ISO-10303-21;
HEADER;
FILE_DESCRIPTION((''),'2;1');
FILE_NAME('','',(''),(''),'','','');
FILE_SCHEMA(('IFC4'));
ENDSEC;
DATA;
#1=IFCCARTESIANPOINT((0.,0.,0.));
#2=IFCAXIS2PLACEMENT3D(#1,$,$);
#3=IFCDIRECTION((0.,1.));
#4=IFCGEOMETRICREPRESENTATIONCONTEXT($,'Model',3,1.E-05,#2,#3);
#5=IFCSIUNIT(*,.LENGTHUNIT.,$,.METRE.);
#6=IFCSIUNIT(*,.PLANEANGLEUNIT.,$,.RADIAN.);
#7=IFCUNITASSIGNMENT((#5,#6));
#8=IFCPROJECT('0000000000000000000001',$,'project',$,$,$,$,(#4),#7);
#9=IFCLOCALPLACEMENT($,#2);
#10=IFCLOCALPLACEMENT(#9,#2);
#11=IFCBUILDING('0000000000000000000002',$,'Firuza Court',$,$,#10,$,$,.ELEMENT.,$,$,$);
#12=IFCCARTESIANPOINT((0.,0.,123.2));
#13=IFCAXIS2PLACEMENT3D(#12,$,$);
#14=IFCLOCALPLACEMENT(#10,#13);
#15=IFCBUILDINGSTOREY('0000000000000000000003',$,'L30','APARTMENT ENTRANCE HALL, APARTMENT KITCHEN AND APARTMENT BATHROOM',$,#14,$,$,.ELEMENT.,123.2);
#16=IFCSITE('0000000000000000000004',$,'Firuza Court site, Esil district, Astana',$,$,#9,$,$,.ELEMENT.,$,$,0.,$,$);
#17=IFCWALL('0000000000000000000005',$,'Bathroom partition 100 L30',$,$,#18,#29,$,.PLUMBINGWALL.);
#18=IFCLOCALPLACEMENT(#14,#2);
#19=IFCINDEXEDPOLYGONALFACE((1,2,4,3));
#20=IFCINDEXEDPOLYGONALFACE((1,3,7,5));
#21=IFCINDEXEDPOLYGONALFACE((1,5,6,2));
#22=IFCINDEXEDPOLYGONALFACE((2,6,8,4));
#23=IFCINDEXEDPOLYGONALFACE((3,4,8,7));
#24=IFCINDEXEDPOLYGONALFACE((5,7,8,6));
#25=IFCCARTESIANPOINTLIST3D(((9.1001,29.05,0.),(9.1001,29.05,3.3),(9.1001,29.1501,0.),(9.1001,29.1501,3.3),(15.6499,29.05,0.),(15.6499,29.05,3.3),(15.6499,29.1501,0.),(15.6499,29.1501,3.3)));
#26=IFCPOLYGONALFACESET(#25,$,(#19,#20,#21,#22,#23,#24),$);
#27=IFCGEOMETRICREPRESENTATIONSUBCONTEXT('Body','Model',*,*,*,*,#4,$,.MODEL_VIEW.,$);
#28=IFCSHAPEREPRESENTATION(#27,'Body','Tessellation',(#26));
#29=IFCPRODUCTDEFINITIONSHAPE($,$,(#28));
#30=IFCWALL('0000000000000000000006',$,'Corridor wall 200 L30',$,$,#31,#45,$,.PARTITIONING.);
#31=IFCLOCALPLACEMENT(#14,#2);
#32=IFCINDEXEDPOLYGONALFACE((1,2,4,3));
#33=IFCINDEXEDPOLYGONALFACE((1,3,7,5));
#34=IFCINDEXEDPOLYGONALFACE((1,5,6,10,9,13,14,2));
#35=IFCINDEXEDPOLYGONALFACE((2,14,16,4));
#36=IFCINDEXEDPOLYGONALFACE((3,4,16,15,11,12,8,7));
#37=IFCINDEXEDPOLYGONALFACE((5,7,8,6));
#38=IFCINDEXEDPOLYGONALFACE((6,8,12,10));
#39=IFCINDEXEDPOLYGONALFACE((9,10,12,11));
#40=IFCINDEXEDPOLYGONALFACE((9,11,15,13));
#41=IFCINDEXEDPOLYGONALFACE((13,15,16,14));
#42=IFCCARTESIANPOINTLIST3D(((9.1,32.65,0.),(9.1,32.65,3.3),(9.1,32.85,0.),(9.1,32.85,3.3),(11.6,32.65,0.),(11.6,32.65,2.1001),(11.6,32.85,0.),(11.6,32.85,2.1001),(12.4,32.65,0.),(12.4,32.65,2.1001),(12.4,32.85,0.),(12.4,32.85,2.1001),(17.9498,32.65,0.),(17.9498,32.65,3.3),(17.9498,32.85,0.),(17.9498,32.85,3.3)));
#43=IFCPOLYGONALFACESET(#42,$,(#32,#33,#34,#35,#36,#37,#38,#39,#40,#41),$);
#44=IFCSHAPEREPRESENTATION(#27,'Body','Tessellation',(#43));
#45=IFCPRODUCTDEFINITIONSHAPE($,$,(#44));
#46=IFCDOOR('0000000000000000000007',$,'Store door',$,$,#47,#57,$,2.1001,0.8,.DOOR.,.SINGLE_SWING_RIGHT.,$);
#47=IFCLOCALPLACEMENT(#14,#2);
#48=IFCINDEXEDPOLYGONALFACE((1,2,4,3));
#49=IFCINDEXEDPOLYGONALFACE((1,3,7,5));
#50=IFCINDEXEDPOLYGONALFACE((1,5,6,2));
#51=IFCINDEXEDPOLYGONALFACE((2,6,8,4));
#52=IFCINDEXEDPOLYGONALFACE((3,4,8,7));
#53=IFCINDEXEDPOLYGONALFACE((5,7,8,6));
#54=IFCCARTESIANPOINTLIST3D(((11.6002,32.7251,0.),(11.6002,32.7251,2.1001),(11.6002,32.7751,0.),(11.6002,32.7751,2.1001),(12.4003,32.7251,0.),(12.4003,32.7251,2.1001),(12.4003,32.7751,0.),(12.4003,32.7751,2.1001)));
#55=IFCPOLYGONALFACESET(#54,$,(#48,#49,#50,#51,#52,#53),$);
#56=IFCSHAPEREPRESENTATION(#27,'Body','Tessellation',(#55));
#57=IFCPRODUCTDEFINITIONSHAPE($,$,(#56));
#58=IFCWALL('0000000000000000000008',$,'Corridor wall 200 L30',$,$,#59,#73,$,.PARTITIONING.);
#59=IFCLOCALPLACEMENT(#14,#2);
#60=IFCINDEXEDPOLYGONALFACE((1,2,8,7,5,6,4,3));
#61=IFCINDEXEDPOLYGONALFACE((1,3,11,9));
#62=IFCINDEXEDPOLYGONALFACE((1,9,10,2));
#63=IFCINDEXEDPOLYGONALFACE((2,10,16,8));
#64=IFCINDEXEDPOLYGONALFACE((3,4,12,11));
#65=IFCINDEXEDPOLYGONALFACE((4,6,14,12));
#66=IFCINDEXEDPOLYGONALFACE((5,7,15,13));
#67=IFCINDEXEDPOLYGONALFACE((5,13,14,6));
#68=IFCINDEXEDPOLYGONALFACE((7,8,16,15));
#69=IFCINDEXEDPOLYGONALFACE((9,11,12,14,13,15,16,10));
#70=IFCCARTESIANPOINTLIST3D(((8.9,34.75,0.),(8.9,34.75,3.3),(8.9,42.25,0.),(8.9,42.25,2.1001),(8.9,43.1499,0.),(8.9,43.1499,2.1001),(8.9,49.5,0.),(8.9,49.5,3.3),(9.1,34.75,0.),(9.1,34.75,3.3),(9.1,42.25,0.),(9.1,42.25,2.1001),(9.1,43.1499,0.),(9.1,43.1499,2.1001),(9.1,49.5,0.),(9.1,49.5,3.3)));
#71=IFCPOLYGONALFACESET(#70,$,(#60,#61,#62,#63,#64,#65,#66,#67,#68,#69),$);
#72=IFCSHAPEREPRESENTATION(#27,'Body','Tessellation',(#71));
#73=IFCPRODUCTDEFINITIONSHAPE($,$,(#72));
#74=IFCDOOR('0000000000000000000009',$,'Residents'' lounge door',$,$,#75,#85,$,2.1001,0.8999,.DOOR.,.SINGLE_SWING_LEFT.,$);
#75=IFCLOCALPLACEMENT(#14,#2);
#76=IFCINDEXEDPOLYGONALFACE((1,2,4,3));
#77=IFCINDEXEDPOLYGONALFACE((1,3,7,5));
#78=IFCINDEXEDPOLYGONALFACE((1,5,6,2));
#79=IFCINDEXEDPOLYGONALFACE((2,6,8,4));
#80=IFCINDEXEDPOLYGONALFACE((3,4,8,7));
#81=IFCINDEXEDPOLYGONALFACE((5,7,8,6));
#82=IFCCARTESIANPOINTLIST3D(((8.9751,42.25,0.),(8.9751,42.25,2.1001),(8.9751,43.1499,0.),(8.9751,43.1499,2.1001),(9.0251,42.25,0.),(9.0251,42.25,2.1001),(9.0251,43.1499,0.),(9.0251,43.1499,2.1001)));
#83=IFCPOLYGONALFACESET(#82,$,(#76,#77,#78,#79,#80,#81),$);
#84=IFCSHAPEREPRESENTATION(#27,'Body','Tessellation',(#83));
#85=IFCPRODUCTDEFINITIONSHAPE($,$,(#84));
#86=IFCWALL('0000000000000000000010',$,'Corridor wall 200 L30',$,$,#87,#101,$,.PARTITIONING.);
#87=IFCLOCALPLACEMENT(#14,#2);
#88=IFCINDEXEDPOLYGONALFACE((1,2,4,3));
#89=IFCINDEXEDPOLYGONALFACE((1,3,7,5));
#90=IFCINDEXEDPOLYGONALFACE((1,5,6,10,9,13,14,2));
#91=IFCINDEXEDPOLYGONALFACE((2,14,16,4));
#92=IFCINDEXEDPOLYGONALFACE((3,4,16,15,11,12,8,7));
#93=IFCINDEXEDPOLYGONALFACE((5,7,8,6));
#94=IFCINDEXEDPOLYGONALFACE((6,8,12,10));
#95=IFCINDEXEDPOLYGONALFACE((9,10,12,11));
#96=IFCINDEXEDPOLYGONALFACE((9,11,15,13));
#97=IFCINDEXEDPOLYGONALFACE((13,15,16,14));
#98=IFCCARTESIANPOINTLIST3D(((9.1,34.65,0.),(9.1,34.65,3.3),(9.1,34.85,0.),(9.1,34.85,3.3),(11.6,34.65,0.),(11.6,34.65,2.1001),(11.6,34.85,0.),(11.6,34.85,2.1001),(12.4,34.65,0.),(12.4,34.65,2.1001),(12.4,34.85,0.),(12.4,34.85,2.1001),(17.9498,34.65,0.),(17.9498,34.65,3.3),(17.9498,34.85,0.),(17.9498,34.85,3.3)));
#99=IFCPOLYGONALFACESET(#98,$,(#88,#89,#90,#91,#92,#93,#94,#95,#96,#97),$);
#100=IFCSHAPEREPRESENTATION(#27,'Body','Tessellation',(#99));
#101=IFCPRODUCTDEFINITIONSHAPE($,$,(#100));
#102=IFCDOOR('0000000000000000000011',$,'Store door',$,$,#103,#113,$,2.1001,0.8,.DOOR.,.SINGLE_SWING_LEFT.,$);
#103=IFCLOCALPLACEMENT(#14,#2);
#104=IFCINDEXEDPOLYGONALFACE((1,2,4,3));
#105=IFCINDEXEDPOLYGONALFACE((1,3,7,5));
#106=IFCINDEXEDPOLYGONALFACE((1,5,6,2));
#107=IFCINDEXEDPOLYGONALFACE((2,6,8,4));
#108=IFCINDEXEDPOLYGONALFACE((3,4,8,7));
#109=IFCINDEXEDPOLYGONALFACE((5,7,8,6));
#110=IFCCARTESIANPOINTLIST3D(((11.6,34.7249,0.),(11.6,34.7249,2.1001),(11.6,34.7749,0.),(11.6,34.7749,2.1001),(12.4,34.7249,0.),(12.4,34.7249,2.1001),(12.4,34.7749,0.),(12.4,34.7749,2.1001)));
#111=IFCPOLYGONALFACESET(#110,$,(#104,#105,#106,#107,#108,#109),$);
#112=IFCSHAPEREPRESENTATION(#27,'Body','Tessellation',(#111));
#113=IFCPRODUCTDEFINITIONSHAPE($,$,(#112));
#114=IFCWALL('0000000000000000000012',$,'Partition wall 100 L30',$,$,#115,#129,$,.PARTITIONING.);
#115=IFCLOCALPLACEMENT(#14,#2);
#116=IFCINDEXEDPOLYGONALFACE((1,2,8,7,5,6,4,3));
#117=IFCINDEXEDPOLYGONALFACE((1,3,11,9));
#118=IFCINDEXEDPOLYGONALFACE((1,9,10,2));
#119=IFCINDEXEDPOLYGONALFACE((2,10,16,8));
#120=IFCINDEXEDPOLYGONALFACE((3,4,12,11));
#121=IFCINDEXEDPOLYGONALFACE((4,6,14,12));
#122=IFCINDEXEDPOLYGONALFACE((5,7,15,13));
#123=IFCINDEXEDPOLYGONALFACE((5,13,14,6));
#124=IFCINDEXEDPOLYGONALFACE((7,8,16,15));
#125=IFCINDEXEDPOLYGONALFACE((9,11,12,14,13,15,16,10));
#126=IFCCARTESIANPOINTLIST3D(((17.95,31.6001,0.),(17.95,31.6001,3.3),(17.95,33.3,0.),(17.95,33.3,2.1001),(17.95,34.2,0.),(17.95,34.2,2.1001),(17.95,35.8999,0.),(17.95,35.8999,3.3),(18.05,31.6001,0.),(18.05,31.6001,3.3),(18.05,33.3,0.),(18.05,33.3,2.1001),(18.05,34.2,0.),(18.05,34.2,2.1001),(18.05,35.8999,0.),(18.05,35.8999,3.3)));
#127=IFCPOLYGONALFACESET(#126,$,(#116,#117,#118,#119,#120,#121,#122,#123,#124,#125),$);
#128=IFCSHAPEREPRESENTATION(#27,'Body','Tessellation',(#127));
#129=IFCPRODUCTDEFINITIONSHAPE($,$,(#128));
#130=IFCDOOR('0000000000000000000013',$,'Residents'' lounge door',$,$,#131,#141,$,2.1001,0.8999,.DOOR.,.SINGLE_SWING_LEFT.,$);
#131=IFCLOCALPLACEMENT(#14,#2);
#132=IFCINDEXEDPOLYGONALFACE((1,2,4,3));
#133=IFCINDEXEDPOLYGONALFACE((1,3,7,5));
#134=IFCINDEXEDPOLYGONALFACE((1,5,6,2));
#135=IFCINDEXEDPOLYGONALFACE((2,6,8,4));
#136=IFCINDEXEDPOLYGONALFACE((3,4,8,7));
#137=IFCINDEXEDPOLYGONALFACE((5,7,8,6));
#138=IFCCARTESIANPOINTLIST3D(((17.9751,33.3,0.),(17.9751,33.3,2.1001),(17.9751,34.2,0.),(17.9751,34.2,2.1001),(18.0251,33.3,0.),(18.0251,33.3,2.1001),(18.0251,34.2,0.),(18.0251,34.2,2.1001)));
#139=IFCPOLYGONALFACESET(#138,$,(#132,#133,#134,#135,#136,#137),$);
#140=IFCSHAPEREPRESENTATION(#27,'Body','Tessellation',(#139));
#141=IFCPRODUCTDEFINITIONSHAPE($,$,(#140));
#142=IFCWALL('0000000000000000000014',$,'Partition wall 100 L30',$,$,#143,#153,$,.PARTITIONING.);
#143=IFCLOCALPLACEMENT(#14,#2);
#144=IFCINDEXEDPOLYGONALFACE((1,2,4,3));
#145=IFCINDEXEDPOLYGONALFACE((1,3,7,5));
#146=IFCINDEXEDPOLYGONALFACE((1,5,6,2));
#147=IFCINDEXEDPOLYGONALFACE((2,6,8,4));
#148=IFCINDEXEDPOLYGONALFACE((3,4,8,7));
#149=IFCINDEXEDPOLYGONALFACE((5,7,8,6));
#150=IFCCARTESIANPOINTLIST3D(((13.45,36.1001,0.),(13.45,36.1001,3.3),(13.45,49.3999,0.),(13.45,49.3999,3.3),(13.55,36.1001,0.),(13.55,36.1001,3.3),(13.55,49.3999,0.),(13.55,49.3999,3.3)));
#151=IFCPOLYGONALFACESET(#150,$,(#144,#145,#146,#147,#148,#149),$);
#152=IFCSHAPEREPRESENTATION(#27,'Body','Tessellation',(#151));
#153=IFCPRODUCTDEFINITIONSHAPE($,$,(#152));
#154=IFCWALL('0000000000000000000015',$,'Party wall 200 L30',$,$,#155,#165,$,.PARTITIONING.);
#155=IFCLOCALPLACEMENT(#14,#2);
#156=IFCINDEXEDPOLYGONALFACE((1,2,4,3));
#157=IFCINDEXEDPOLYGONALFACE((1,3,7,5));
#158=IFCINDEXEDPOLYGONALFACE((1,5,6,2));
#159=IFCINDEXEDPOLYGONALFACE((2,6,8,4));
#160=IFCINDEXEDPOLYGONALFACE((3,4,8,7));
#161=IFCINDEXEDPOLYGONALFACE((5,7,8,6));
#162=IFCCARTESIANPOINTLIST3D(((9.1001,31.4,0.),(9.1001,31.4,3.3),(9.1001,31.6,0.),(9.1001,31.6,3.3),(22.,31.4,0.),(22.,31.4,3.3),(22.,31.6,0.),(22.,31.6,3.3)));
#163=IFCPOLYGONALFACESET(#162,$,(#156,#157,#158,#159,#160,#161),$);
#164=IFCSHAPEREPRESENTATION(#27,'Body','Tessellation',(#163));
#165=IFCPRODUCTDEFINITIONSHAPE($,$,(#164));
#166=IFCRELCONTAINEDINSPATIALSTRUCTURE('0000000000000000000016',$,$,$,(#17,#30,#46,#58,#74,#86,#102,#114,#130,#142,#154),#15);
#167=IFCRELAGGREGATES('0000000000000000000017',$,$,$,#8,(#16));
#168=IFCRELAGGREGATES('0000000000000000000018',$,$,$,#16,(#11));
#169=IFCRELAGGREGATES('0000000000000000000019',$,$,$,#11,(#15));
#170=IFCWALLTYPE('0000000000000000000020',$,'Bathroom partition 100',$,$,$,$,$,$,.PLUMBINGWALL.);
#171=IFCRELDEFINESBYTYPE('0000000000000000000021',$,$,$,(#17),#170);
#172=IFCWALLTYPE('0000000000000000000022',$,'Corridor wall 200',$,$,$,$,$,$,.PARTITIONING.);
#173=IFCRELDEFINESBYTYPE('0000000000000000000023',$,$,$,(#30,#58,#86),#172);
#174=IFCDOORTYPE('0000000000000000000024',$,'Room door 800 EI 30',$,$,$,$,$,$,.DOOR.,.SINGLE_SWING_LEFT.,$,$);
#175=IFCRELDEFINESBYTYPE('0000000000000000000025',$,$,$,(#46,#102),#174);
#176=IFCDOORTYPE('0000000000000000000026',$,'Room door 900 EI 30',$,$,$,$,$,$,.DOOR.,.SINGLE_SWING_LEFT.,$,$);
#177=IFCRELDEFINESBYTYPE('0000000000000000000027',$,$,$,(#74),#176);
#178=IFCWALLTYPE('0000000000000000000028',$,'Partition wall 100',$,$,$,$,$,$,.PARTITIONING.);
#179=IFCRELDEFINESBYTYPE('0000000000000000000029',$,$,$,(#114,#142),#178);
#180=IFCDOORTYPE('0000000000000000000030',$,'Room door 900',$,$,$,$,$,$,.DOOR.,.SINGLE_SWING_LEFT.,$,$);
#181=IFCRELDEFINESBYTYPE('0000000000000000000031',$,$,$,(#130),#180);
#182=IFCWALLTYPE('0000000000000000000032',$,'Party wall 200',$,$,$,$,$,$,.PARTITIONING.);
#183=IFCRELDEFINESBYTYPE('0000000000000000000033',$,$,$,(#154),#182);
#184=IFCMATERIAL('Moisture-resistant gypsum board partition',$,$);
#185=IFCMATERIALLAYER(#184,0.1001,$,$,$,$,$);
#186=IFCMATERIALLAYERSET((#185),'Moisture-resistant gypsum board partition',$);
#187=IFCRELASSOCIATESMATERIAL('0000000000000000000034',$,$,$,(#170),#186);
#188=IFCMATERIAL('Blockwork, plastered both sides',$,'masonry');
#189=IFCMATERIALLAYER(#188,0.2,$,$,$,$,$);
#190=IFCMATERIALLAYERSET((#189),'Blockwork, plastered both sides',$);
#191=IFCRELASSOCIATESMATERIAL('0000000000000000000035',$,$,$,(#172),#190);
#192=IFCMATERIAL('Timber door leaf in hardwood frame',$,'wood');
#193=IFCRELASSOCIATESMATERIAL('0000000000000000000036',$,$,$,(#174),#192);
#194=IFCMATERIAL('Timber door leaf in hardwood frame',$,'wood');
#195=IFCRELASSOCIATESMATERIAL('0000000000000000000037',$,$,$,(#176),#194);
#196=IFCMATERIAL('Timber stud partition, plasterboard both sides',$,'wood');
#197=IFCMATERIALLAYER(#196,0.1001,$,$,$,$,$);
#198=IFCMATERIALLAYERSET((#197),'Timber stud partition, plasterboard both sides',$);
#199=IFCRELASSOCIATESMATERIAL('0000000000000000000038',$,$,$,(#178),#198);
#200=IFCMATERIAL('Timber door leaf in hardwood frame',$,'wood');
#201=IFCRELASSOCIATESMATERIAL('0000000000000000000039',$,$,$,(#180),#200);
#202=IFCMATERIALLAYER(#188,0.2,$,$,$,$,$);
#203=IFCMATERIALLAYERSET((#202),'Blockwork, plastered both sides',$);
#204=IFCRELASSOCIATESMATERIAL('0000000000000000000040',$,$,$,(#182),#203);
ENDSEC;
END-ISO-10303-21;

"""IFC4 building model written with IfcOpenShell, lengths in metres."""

from ifc_helpers import new_model, si_unit, direction, frame, frame_2d, origin, place, context, subcontext, project, spatial, rectangle, extrude, material, layer, layer_set, type_object, element, fill, save


model = new_model("IFC4")

# Units and contexts
model_context = context("Model", 3, precision=1e-05, world=origin(), true_north=direction((0.0, 1.0)))
body_context = subcontext(model_context, "Body", "Model", "MODEL_VIEW")
ifc_project = project(units=[si_unit("LENGTHUNIT", "METRE"), si_unit("PLANEANGLEUNIT", "RADIAN")], contexts=[model_context])

# Site, building, storey
site_placement = place(None, origin())
site = spatial("IfcSite", under=ifc_project, at=site_placement, Name="Firuza Court site, Esil district, Astana", CompositionType="ELEMENT", RefElevation=0.0)
building_placement = place(site_placement, origin())
building = spatial("IfcBuilding", under=site, at=building_placement, Name="Firuza Court", CompositionType="ELEMENT")
storey_placement = place(building_placement, frame((0.0, 0.0, 123.2)))
storey = spatial("IfcBuildingStorey", under=building, at=storey_placement, Name="L30", Description="APARTMENT ENTRANCE HALL, APARTMENT KITCHEN AND APARTMENT BATHROOM", CompositionType="ELEMENT", Elevation=123.2)

# Wall
ifc_material_1 = material(Name="Moisture-resistant gypsum board partition")
ifc_layer_1 = layer(ifc_material_1, 0.1001)
ifc_layer_set_1 = layer_set([ifc_layer_1], Name="Moisture-resistant gypsum board partition")
wall_type_1 = type_object("IfcWallType", Name="Bathroom partition 100", PredefinedType="PLUMBINGWALL", material=ifc_layer_set_1)
wall_1_placement = place(storey_placement, frame((9.1001, 29.1001, 0.0), z_axis=(0.0, 0.0, 1.0), x_axis=(1.0, 0.0, 0.0)))
element("IfcWall", 1, at=wall_1_placement, inside=storey, type_object=wall_type_1, Name="Bathroom partition 100 L30", PredefinedType="PLUMBINGWALL", context=body_context, shape_type="SweptSolid", body=[
    extrude(rectangle(XDim=6.5498, YDim=0.1001, at=frame_2d((3.2749, 0.0))), origin(), (0.0, 0.0, 1.0), 3.3),
])

# Walls, openings, doors
ifc_material_2 = material(Name="Blockwork, plastered both sides", Category="masonry")
ifc_layer_2 = layer(ifc_material_2, 0.2)
ifc_layer_set_2 = layer_set([ifc_layer_2], Name="Blockwork, plastered both sides")
wall_type_2 = type_object("IfcWallType", Name="Corridor wall 200", PredefinedType="PARTITIONING", material=ifc_layer_set_2)
wall_2_placement = place(storey_placement, frame((9.1001, 32.75, 0.0), z_axis=(0.0, 0.0, 1.0), x_axis=(1.0, 0.0, 0.0)))
wall_2 = element("IfcWall", 2, at=wall_2_placement, inside=storey, type_object=wall_type_2, Name="Corridor wall 200 L30", PredefinedType="PARTITIONING", context=body_context, shape_type="SweptSolid", body=[
    extrude(rectangle(XDim=8.8499, YDim=0.2, at=frame_2d((4.4248, 0.0))), origin(), (0.0, 0.0, 1.0), 3.3),
])
opening_1_placement = place(wall_2_placement, frame((2.5, 0.0, 0.0)))
opening_1 = element("IfcOpeningElement", 3, at=opening_1_placement, cuts=wall_2, PredefinedType="OPENING", context=body_context, shape_type="SweptSolid", body=[
    extrude(rectangle(XDim=0.8, YDim=2.1001, at=frame_2d((0.3999, 1.05))), frame((0.0, 0.1118, 0.0), z_axis=(0.0, -1.0, 0.0), x_axis=(1.0, 0.0, 0.0)), (0.0, 0.0, 1.0), 0.2239),
])
ifc_material_3 = material(Name="Timber door leaf in hardwood frame", Category="wood")
door_type_1 = type_object("IfcDoorType", Name="Room door 800 EI 30", OperationType="SINGLE_SWING_LEFT", PredefinedType="DOOR", material=ifc_material_3)
door_1_placement = place(opening_1_placement, frame((0.8, 0.0, 0.0), z_axis=(0.0, 0.0, 1.0), x_axis=(-1.0, 0.0, 0.0)))
door_1 = element("IfcDoor", 4, at=door_1_placement, inside=storey, type_object=door_type_1, Name="Store door", OperationType="SINGLE_SWING_RIGHT", OverallHeight=2.1001, OverallWidth=0.8, PredefinedType="DOOR", context=body_context, shape_type="SweptSolid", body=[
    extrude(rectangle(XDim=0.8, YDim=2.1001, at=frame_2d((0.3999, 1.05))), frame((0.0, 0.0249, 0.0), z_axis=(0.0, -1.0, 0.0), x_axis=(1.0, 0.0, 0.0)), (0.0, 0.0, 1.0), 0.05),
])
fill(opening_1, door_1)
wall_3_placement = place(storey_placement, frame((9.0, 34.75, 0.0), z_axis=(0.0, 0.0, 1.0), x_axis=(0.0, 1.0, 0.0)))
wall_3 = element("IfcWall", 5, at=wall_3_placement, inside=storey, type_object=wall_type_2, Name="Corridor wall 200 L30", PredefinedType="PARTITIONING", context=body_context, shape_type="SweptSolid", body=[
    extrude(rectangle(XDim=14.75, YDim=0.2, at=frame_2d((7.375, 0.0))), origin(), (0.0, 0.0, 1.0), 3.3),
])
opening_2_placement = place(wall_3_placement, frame((7.5, 0.0, 0.0)))
opening_2 = element("IfcOpeningElement", 6, at=opening_2_placement, cuts=wall_3, PredefinedType="OPENING", context=body_context, shape_type="SweptSolid", body=[
    extrude(rectangle(XDim=0.8999, YDim=2.1001, at=frame_2d((0.45, 1.05))), frame((0.0, 0.1118, 0.0), z_axis=(0.0, -1.0, 0.0), x_axis=(1.0, 0.0, 0.0)), (0.0, 0.0, 1.0), 0.2239),
])
ifc_material_4 = material(Name="Timber door leaf in hardwood frame", Category="wood")
door_type_2 = type_object("IfcDoorType", Name="Room door 900 EI 30", OperationType="SINGLE_SWING_LEFT", PredefinedType="DOOR", material=ifc_material_4)
door_2_placement = place(opening_2_placement, origin())
door_2 = element("IfcDoor", 7, at=door_2_placement, inside=storey, type_object=door_type_2, Name="Residents' lounge door", OperationType="SINGLE_SWING_LEFT", OverallHeight=2.1001, OverallWidth=0.8999, PredefinedType="DOOR", context=body_context, shape_type="SweptSolid", body=[
    extrude(rectangle(XDim=0.8999, YDim=2.1001, at=frame_2d((0.45, 1.05))), frame((0.0, 0.0249, 0.0), z_axis=(0.0, -1.0, 0.0), x_axis=(1.0, 0.0, 0.0)), (0.0, 0.0, 1.0), 0.05),
])
fill(opening_2, door_2)
wall_4_placement = place(storey_placement, frame((9.1001, 34.75, 0.0), z_axis=(0.0, 0.0, 1.0), x_axis=(1.0, 0.0, 0.0)))
wall_4 = element("IfcWall", 8, at=wall_4_placement, inside=storey, type_object=wall_type_2, Name="Corridor wall 200 L30", PredefinedType="PARTITIONING", context=body_context, shape_type="SweptSolid", body=[
    extrude(rectangle(XDim=8.8499, YDim=0.2, at=frame_2d((4.4248, 0.0))), origin(), (0.0, 0.0, 1.0), 3.3),
])
opening_3_placement = place(wall_4_placement, frame((2.5, 0.0, 0.0)))
opening_3 = element("IfcOpeningElement", 9, at=opening_3_placement, cuts=wall_4, PredefinedType="OPENING", context=body_context, shape_type="SweptSolid", body=[
    extrude(rectangle(XDim=0.8, YDim=2.1001, at=frame_2d((0.3999, 1.05))), frame((0.0, 0.1118, 0.0), z_axis=(0.0, -1.0, 0.0), x_axis=(1.0, 0.0, 0.0)), (0.0, 0.0, 1.0), 0.2239),
])
door_3_placement = place(opening_3_placement, origin())
door_3 = element("IfcDoor", 10, at=door_3_placement, inside=storey, type_object=door_type_1, Name="Store door", OperationType="SINGLE_SWING_LEFT", OverallHeight=2.1001, OverallWidth=0.8, PredefinedType="DOOR", context=body_context, shape_type="SweptSolid", body=[
    extrude(rectangle(XDim=0.8, YDim=2.1001, at=frame_2d((0.3999, 1.05))), frame((0.0, 0.0249, 0.0), z_axis=(0.0, -1.0, 0.0), x_axis=(1.0, 0.0, 0.0)), (0.0, 0.0, 1.0), 0.05),
])
fill(opening_3, door_3)
ifc_material_5 = material(Name="Timber stud partition, plasterboard both sides", Category="wood")
ifc_layer_3 = layer(ifc_material_5, 0.1001)
ifc_layer_set_3 = layer_set([ifc_layer_3], Name="Timber stud partition, plasterboard both sides")
wall_type_3 = type_object("IfcWallType", Name="Partition wall 100", PredefinedType="PARTITIONING", material=ifc_layer_set_3)
wall_5_placement = place(storey_placement, frame((18.0, 31.6001, 0.0), z_axis=(0.0, 0.0, 1.0), x_axis=(0.0, 1.0, 0.0)))
wall_5 = element("IfcWall", 11, at=wall_5_placement, inside=storey, type_object=wall_type_3, Name="Partition wall 100 L30", PredefinedType="PARTITIONING", context=body_context, shape_type="SweptSolid", body=[
    extrude(rectangle(XDim=4.2998, YDim=0.1001, at=frame_2d((2.1499, 0.0))), origin(), (0.0, 0.0, 1.0), 3.3),
])
opening_4_placement = place(wall_5_placement, frame((1.7, 0.0, 0.0)))
opening_4 = element("IfcOpeningElement", 12, at=opening_4_placement, cuts=wall_5, PredefinedType="OPENING", context=body_context, shape_type="SweptSolid", body=[
    extrude(rectangle(XDim=0.8999, YDim=2.1001, at=frame_2d((0.45, 1.05))), frame((0.0, 0.062, 0.0), z_axis=(0.0, -1.0, 0.0), x_axis=(1.0, 0.0, 0.0)), (0.0, 0.0, 1.0), 0.124),
])
ifc_material_6 = material(Name="Timber door leaf in hardwood frame", Category="wood")
door_type_3 = type_object("IfcDoorType", Name="Room door 900", OperationType="SINGLE_SWING_LEFT", PredefinedType="DOOR", material=ifc_material_6)
door_4_placement = place(opening_4_placement, origin())
door_4 = element("IfcDoor", 13, at=door_4_placement, inside=storey, type_object=door_type_3, Name="Residents' lounge door", OperationType="SINGLE_SWING_LEFT", OverallHeight=2.1001, OverallWidth=0.8999, PredefinedType="DOOR", context=body_context, shape_type="SweptSolid", body=[
    extrude(rectangle(XDim=0.8999, YDim=2.1001, at=frame_2d((0.45, 1.05))), frame((0.0, 0.0249, 0.0), z_axis=(0.0, -1.0, 0.0), x_axis=(1.0, 0.0, 0.0)), (0.0, 0.0, 1.0), 0.05),
])
fill(opening_4, door_4)

# Walls
wall_6_placement = place(storey_placement, frame((13.5, 36.1001, 0.0), z_axis=(0.0, 0.0, 1.0), x_axis=(0.0, 1.0, 0.0)))
element("IfcWall", 14, at=wall_6_placement, inside=storey, type_object=wall_type_3, Name="Partition wall 100 L30", PredefinedType="PARTITIONING", context=body_context, shape_type="SweptSolid", body=[
    extrude(rectangle(XDim=13.2998, YDim=0.1001, at=frame_2d((6.6499, 0.0))), origin(), (0.0, 0.0, 1.0), 3.3),
])
ifc_layer_4 = layer(ifc_material_2, 0.2)
ifc_layer_set_4 = layer_set([ifc_layer_4], Name="Blockwork, plastered both sides")
wall_type_4 = type_object("IfcWallType", Name="Party wall 200", PredefinedType="PARTITIONING", material=ifc_layer_set_4)
for number, where, z_axis, x_axis, name in (
    (15, (9.1001, 31.5, 0.0), (0.0, 0.0, 1.0), (1.0, 0.0, 0.0), "Party wall 200 L30"),
):
    element("IfcWall", number, at=place(storey_placement, frame(where, z_axis=z_axis, x_axis=x_axis)), inside=storey, type_object=wall_type_4, Name=name, PredefinedType="PARTITIONING", context=body_context, shape_type="SweptSolid", body=[
        extrude(rectangle(XDim=12.8999, YDim=0.2, at=frame_2d((6.45, 0.0))), origin(), (0.0, 0.0, 1.0), 3.3),
    ])

save(model, "model.ifc")
